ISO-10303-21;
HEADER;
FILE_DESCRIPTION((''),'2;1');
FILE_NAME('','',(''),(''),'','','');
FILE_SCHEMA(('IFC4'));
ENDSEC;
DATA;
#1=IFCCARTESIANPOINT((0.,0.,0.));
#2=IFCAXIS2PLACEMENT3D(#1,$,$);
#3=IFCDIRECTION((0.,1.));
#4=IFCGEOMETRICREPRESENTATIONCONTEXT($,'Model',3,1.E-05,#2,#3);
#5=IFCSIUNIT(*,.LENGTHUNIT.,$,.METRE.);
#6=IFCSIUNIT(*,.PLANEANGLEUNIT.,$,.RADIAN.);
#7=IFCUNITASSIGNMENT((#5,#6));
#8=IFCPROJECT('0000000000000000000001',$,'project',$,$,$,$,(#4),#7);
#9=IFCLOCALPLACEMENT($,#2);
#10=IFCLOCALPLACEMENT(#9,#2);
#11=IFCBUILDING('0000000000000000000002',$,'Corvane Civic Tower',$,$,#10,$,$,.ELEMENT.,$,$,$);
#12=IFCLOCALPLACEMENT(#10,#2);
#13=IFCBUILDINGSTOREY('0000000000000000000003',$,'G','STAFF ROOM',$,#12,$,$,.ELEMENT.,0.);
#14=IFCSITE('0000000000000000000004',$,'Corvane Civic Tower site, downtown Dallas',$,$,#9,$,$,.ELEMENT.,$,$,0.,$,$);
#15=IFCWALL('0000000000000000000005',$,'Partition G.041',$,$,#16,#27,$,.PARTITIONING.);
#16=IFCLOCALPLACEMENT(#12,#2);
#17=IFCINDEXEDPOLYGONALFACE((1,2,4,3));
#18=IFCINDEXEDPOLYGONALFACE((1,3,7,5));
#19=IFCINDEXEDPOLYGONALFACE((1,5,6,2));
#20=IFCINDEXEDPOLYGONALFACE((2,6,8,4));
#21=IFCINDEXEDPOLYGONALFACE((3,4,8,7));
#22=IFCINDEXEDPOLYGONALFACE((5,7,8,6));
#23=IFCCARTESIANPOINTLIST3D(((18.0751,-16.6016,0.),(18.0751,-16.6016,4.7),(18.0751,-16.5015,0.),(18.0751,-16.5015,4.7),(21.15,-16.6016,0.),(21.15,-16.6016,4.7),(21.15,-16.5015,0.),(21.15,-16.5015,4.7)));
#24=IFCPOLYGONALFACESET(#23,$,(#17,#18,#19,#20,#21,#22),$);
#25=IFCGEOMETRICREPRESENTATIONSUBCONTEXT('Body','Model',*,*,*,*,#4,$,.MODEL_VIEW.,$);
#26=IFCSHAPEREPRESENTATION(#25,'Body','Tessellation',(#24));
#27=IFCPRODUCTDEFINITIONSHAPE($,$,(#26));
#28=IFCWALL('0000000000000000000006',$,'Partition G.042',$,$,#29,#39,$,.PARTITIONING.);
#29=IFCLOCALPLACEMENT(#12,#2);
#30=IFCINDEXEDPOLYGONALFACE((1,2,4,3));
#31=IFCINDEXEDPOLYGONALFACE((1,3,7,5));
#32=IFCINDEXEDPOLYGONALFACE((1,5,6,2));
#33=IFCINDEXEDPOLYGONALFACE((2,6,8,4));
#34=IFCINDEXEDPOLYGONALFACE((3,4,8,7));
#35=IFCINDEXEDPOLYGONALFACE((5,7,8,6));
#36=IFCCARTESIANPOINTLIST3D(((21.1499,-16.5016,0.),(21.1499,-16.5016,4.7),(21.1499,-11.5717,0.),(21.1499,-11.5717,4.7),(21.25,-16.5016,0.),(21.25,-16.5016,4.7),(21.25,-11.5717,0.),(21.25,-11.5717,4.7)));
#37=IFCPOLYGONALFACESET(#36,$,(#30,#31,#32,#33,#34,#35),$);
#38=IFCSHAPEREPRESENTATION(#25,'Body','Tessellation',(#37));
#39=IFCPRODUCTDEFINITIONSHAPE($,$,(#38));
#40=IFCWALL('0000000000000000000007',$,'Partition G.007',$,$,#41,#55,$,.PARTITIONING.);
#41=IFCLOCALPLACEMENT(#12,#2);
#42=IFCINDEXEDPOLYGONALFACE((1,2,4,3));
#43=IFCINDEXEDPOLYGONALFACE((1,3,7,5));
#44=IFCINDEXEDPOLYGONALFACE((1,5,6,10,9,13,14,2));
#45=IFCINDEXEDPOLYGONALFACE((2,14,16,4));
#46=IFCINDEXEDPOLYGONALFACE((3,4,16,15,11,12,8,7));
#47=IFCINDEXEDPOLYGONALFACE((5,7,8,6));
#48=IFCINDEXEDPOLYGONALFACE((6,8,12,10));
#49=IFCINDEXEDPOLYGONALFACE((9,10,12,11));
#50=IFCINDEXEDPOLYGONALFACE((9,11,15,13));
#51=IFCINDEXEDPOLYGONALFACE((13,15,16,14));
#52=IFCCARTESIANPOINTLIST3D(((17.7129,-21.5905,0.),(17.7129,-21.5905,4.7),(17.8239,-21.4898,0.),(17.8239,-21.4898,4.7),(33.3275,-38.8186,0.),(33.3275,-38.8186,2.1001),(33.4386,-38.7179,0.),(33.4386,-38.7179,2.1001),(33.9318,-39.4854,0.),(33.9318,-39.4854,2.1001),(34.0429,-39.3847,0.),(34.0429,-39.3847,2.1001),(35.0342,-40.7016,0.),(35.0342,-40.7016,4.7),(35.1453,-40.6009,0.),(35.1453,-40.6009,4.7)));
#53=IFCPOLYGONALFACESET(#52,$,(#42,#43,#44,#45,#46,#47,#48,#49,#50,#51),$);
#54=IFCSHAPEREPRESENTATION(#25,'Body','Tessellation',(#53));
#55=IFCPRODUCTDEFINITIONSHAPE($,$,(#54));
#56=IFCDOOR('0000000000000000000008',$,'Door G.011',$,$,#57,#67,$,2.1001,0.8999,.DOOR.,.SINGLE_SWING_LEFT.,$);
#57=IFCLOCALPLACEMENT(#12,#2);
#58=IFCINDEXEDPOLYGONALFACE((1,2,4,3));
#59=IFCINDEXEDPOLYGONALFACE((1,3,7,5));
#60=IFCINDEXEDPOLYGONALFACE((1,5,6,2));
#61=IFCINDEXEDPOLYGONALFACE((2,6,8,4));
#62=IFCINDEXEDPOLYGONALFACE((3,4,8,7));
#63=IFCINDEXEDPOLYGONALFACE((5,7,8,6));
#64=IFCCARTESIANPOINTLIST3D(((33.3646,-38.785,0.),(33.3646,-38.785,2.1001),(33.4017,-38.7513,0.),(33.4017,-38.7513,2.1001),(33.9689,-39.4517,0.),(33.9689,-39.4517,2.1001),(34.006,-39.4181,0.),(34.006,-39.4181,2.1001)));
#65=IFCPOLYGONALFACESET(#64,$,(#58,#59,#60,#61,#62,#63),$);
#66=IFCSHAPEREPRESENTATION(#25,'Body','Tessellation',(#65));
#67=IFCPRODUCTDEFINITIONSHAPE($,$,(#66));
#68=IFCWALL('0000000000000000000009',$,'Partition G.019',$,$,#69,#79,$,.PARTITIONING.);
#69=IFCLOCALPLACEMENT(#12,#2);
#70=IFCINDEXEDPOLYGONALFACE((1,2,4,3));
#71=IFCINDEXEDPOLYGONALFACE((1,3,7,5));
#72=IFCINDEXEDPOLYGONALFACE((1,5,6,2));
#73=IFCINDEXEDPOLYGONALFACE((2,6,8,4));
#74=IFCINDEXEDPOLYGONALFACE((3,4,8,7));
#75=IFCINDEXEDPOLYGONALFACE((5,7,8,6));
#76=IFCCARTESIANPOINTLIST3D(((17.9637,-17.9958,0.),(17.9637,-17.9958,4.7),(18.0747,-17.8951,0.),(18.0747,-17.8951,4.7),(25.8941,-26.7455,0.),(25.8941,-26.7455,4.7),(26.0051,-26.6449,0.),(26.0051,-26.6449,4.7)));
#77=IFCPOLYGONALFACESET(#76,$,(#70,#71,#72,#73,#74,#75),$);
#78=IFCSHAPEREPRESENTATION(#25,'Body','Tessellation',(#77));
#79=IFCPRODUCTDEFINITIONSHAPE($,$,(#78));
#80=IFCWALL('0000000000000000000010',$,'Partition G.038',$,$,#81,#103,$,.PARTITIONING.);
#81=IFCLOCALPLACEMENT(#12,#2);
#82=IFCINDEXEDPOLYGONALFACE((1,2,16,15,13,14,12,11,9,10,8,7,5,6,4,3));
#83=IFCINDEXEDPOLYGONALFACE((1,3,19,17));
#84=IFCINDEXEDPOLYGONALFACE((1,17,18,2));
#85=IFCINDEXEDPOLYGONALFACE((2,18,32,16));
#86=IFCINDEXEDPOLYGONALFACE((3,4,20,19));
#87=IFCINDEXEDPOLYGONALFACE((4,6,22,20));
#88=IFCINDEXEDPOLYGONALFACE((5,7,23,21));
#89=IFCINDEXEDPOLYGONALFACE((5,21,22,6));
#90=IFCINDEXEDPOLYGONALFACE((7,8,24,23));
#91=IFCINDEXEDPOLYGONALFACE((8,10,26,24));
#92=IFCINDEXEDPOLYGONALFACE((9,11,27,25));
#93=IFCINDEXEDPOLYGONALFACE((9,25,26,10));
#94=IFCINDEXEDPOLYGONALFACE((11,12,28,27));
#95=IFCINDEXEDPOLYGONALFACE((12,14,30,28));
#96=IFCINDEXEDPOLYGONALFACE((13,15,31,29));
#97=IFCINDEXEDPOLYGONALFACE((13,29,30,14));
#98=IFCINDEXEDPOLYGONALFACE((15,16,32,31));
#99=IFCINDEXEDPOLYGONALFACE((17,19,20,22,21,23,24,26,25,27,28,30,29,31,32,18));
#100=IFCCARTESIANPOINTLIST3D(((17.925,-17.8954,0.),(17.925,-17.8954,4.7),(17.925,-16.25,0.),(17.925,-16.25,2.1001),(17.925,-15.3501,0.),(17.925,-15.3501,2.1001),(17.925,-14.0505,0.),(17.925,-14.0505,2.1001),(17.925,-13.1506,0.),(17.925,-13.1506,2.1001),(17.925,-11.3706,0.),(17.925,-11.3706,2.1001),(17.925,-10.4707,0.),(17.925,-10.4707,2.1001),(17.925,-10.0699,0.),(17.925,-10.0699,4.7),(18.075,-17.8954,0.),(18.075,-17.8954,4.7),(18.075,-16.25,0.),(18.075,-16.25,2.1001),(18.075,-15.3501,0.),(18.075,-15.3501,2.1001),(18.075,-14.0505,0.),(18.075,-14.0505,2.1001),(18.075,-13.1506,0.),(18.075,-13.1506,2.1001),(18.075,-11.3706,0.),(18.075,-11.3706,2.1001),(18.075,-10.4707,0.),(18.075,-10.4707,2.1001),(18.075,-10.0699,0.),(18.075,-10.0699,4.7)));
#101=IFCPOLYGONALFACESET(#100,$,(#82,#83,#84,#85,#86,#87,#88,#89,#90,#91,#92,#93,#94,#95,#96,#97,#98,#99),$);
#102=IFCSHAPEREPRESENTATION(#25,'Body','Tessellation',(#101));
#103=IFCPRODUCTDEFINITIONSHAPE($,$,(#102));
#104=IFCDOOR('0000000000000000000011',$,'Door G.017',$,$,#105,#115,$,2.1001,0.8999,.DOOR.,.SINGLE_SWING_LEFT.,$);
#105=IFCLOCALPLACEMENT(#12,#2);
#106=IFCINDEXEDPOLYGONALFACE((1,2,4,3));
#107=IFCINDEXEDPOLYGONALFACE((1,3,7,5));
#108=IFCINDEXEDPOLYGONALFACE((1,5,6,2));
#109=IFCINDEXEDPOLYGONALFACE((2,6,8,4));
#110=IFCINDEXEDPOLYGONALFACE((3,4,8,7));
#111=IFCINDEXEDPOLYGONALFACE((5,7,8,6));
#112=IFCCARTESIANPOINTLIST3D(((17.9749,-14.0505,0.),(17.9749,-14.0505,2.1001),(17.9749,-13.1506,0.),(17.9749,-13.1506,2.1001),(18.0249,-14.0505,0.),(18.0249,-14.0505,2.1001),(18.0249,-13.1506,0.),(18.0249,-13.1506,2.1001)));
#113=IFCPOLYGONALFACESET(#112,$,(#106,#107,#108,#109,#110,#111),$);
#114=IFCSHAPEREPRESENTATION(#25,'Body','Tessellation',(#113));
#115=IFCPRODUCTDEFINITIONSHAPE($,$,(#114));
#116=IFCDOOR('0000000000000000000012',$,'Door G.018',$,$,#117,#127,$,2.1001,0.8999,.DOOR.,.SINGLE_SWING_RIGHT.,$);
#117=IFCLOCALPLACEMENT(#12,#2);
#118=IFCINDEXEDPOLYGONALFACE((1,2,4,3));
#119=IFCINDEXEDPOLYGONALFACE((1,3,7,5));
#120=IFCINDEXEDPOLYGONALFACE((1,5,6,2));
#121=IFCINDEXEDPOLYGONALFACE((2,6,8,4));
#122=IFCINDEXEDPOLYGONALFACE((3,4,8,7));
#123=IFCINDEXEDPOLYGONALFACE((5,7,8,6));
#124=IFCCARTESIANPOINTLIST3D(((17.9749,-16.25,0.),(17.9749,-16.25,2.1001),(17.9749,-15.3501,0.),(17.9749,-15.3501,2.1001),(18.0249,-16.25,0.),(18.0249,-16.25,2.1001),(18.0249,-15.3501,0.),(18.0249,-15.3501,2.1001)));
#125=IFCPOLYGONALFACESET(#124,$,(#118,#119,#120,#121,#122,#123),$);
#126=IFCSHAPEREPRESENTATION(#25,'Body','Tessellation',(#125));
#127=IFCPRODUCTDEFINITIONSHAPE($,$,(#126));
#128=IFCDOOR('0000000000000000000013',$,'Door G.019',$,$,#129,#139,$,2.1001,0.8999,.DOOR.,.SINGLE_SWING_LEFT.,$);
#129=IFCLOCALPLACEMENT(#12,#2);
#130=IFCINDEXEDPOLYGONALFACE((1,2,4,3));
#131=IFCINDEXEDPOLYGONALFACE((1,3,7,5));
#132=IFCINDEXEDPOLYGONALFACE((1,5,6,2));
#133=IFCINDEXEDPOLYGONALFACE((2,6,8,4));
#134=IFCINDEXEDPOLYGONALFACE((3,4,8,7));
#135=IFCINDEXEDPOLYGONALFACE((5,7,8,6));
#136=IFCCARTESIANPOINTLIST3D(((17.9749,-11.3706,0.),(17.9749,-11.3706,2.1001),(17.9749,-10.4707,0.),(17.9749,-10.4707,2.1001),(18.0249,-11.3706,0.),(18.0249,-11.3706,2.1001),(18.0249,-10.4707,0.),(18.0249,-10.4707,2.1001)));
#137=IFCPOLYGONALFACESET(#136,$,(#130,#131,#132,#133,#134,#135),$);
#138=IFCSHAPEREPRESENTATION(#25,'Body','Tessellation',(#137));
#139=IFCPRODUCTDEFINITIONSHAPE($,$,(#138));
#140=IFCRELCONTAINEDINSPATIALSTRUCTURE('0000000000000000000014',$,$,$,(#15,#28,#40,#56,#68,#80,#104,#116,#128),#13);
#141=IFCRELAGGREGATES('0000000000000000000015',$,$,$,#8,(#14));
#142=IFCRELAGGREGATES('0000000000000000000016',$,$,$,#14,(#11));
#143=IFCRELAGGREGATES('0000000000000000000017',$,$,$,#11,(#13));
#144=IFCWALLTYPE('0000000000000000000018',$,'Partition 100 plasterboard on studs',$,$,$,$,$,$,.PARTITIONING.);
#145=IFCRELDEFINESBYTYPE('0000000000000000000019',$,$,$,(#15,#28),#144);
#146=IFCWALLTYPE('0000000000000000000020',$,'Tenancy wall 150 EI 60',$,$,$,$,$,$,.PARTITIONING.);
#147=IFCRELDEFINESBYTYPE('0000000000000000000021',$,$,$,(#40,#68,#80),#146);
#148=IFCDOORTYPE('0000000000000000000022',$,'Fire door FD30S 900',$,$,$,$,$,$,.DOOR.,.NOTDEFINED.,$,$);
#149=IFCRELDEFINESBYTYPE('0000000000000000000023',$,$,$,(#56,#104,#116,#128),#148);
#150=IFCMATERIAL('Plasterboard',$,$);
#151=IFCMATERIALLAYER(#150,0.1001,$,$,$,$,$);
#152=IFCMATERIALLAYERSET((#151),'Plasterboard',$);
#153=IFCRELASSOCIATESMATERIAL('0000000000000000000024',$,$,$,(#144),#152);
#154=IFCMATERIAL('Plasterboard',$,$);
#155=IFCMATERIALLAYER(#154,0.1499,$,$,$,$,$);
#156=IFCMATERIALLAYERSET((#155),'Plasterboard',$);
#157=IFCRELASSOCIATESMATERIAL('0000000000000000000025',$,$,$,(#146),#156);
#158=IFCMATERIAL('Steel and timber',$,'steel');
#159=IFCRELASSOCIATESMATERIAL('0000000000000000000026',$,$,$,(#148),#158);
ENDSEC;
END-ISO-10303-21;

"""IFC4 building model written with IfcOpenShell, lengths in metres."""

from ifc_helpers import new_model, si_unit, direction, frame, frame_2d, origin, place, context, subcontext, project, spatial, rectangle, extrude, material, layer, layer_set, type_object, element, fill, save


model = new_model("IFC4")

# Units and contexts
model_context = context("Model", 3, precision=1e-05, world=origin(), true_north=direction((0.0, 1.0)))
body_context = subcontext(model_context, "Body", "Model", "MODEL_VIEW")
ifc_project = project(units=[si_unit("LENGTHUNIT", "METRE"), si_unit("PLANEANGLEUNIT", "RADIAN")], contexts=[model_context])

# Site, building, storey
site_placement = place(None, origin())
site = spatial("IfcSite", under=ifc_project, at=site_placement, Name="Corvane Civic Tower site, downtown Dallas", CompositionType="ELEMENT", RefElevation=0.0)
building_placement = place(site_placement, origin())
building = spatial("IfcBuilding", under=site, at=building_placement, Name="Corvane Civic Tower", CompositionType="ELEMENT")
storey_placement = place(building_placement, origin())
storey = spatial("IfcBuildingStorey", under=building, at=storey_placement, Name="G", Description="STAFF ROOM", CompositionType="ELEMENT", Elevation=0.0)

# Shared definitions
ifc_material_1 = material(Name="Plasterboard")
ifc_layer_1 = layer(ifc_material_1, 0.1001)
ifc_layer_set_1 = layer_set([ifc_layer_1], Name="Plasterboard")
wall_type_1 = type_object("IfcWallType", Name="Partition 100 plasterboard on studs", PredefinedType="PARTITIONING", material=ifc_layer_set_1)

# Walls
wall_1_placement = place(storey_placement, frame((18.075, -16.5515, 0.0), z_axis=(0.0, 0.0, 1.0), x_axis=(1.0, 0.0, 0.0)))
element("IfcWall", 1, at=wall_1_placement, inside=storey, type_object=wall_type_1, Name="Partition G.041", PredefinedType="PARTITIONING", context=body_context, shape_type="SweptSolid", body=[
    extrude(rectangle(XDim=3.075, YDim=0.1001, at=frame_2d((1.5376, 0.0))), origin(), (0.0, 0.0, 1.0), 4.7),
])
wall_2_placement = place(storey_placement, frame((21.2, -16.5015, 0.0), z_axis=(0.0, 0.0, 1.0), x_axis=(0.0, 1.0, 0.0)))
element("IfcWall", 2, at=wall_2_placement, inside=storey, type_object=wall_type_1, Name="Partition G.042", PredefinedType="PARTITIONING", context=body_context, shape_type="SweptSolid", body=[
    extrude(rectangle(XDim=4.9299, YDim=0.1001, at=frame_2d((2.4648, 0.0))), origin(), (0.0, 0.0, 1.0), 4.7),
])

# Wall, opening, door
ifc_material_2 = material(Name="Plasterboard")
ifc_layer_2 = layer(ifc_material_2, 0.1499)
ifc_layer_set_2 = layer_set([ifc_layer_2], Name="Plasterboard")
wall_type_2 = type_object("IfcWallType", Name="Tenancy wall 150 EI 60", PredefinedType="PARTITIONING", material=ifc_layer_set_2)
wall_3_placement = place(storey_placement, frame((17.7683, -21.54, 0.0), z_axis=(0.0, 0.0, 1.0), x_axis=(0.671559, -0.740951, 0.0)))
wall_3 = element("IfcWall", 3, at=wall_3_placement, inside=storey, type_object=wall_type_2, Name="Partition G.007", PredefinedType="PARTITIONING", context=body_context, shape_type="SweptSolid", body=[
    extrude(rectangle(XDim=25.7927, YDim=0.1499, at=frame_2d((12.8965, 0.0))), origin(), (0.0, 0.0, 1.0), 4.7),
])
opening_1_placement = place(wall_3_placement, frame((23.2515, 0.0, 0.0)))
opening_1 = element("IfcOpeningElement", 4, at=opening_1_placement, cuts=wall_3, PredefinedType="OPENING", context=body_context, shape_type="SweptSolid", body=[
    extrude(rectangle(XDim=0.8999, YDim=2.1001, at=frame_2d((0.45, 1.05))), frame((0.0, 0.085, 0.0), z_axis=(0.0, -1.0, 0.0), x_axis=(1.0, 0.0, 0.0)), (0.0, 0.0, 1.0), 0.1699),
])
ifc_material_3 = material(Name="Steel and timber", Category="steel")
door_type_1 = type_object("IfcDoorType", Name="Fire door FD30S 900", OperationType="NOTDEFINED", PredefinedType="DOOR", material=ifc_material_3)
door_1_placement = place(opening_1_placement, frame((0.8999, 0.0, 0.0), z_axis=(0.0, 0.0, 1.0), x_axis=(-1.0, 0.0, 0.0)))
door_1 = element("IfcDoor", 5, at=door_1_placement, inside=storey, type_object=door_type_1, Name="Door G.011", OperationType="SINGLE_SWING_LEFT", OverallHeight=2.1001, OverallWidth=0.8999, PredefinedType="DOOR", context=body_context, shape_type="SweptSolid", body=[
    extrude(rectangle(XDim=0.8999, YDim=2.1001, at=frame_2d((0.45, 1.05))), frame((0.0, 0.0249, 0.0), z_axis=(0.0, -1.0, 0.0), x_axis=(1.0, 0.0, 0.0)), (0.0, 0.0, 1.0), 0.05),
])
fill(opening_1, door_1)

# Wall
wall_4_placement = place(storey_placement, frame((18.0193, -17.9456, 0.0), z_axis=(0.0, 0.0, 1.0), x_axis=(0.671564, -0.740947, 0.0)))
element("IfcWall", 6, at=wall_4_placement, inside=storey, type_object=wall_type_2, Name="Partition G.019", PredefinedType="PARTITIONING", context=body_context, shape_type="SweptSolid", body=[
    extrude(rectangle(XDim=11.8088, YDim=0.1499, at=frame_2d((5.9043, 0.0))), origin(), (0.0, 0.0, 1.0), 4.7),
])

# Wall, openings, doors
wall_5_placement = place(storey_placement, frame((18.0, -17.8953, 0.0), z_axis=(0.0, 0.0, 1.0), x_axis=(0.0, 1.0, 0.0)))
wall_5 = element("IfcWall", 7, at=wall_5_placement, inside=storey, type_object=wall_type_2, Name="Partition G.038", PredefinedType="PARTITIONING", context=body_context, shape_type="SweptSolid", body=[
    extrude(rectangle(XDim=7.8254, YDim=0.1499, at=frame_2d((3.9126, 0.0))), origin(), (0.0, 0.0, 1.0), 4.7),
])
opening_2_placement = place(wall_5_placement, frame((3.8447, 0.0, 0.0)))
opening_2 = element("IfcOpeningElement", 8, at=opening_2_placement, cuts=wall_5, PredefinedType="OPENING", context=body_context, shape_type="SweptSolid", body=[
    extrude(rectangle(XDim=0.8999, YDim=2.1001, at=frame_2d((0.45, 1.05))), frame((0.0, 0.085, 0.0), z_axis=(0.0, -1.0, 0.0), x_axis=(1.0, 0.0, 0.0)), (0.0, 0.0, 1.0), 0.1699),
])
opening_3_placement = place(wall_5_placement, frame((1.6453, 0.0, 0.0)))
opening_3 = element("IfcOpeningElement", 9, at=opening_3_placement, cuts=wall_5, PredefinedType="OPENING", context=body_context, shape_type="SweptSolid", body=[
    extrude(rectangle(XDim=0.8999, YDim=2.1001, at=frame_2d((0.45, 1.05))), frame((0.0, 0.085, 0.0), z_axis=(0.0, -1.0, 0.0), x_axis=(1.0, 0.0, 0.0)), (0.0, 0.0, 1.0), 0.1699),
])
opening_4_placement = place(wall_5_placement, frame((6.5247, 0.0, 0.0)))
opening_4 = element("IfcOpeningElement", 10, at=opening_4_placement, cuts=wall_5, PredefinedType="OPENING", context=body_context, shape_type="SweptSolid", body=[
    extrude(rectangle(XDim=0.8999, YDim=2.1001, at=frame_2d((0.45, 1.05))), frame((0.0, 0.085, 0.0), z_axis=(0.0, -1.0, 0.0), x_axis=(1.0, 0.0, 0.0)), (0.0, 0.0, 1.0), 0.1699),
])
door_2_placement = place(opening_2_placement, frame((0.8999, 0.0, 0.0), z_axis=(0.0, 0.0, 1.0), x_axis=(-1.0, 0.0, 0.0)))
door_2 = element("IfcDoor", 11, at=door_2_placement, inside=storey, type_object=door_type_1, Name="Door G.017", OperationType="SINGLE_SWING_LEFT", OverallHeight=2.1001, OverallWidth=0.8999, PredefinedType="DOOR", context=body_context, shape_type="SweptSolid", body=[
    extrude(rectangle(XDim=0.8999, YDim=2.1001, at=frame_2d((0.45, 1.05))), frame((0.0, 0.0249, 0.0), z_axis=(0.0, -1.0, 0.0), x_axis=(1.0, 0.0, 0.0)), (0.0, 0.0, 1.0), 0.05),
])
fill(opening_2, door_2)
door_3_placement = place(opening_3_placement, frame((0.8999, 0.0, 0.0), z_axis=(0.0, 0.0, 1.0), x_axis=(-1.0, 0.0, 0.0)))
door_3 = element("IfcDoor", 12, at=door_3_placement, inside=storey, type_object=door_type_1, Name="Door G.018", OperationType="SINGLE_SWING_RIGHT", OverallHeight=2.1001, OverallWidth=0.8999, PredefinedType="DOOR", context=body_context, shape_type="SweptSolid", body=[
    extrude(rectangle(XDim=0.8999, YDim=2.1001, at=frame_2d((0.45, 1.05))), frame((0.0, 0.0249, 0.0), z_axis=(0.0, -1.0, 0.0), x_axis=(1.0, 0.0, 0.0)), (0.0, 0.0, 1.0), 0.05),
])
fill(opening_3, door_3)
door_4_placement = place(opening_4_placement, frame((0.8999, 0.0, 0.0), z_axis=(0.0, 0.0, 1.0), x_axis=(-1.0, 0.0, 0.0)))
door_4 = element("IfcDoor", 13, at=door_4_placement, inside=storey, type_object=door_type_1, Name="Door G.019", OperationType="SINGLE_SWING_LEFT", OverallHeight=2.1001, OverallWidth=0.8999, PredefinedType="DOOR", context=body_context, shape_type="SweptSolid", body=[
    extrude(rectangle(XDim=0.8999, YDim=2.1001, at=frame_2d((0.45, 1.05))), frame((0.0, 0.0249, 0.0), z_axis=(0.0, -1.0, 0.0), x_axis=(1.0, 0.0, 0.0)), (0.0, 0.0, 1.0), 0.05),
])
fill(opening_4, door_4)

save(model, "model.ifc")
